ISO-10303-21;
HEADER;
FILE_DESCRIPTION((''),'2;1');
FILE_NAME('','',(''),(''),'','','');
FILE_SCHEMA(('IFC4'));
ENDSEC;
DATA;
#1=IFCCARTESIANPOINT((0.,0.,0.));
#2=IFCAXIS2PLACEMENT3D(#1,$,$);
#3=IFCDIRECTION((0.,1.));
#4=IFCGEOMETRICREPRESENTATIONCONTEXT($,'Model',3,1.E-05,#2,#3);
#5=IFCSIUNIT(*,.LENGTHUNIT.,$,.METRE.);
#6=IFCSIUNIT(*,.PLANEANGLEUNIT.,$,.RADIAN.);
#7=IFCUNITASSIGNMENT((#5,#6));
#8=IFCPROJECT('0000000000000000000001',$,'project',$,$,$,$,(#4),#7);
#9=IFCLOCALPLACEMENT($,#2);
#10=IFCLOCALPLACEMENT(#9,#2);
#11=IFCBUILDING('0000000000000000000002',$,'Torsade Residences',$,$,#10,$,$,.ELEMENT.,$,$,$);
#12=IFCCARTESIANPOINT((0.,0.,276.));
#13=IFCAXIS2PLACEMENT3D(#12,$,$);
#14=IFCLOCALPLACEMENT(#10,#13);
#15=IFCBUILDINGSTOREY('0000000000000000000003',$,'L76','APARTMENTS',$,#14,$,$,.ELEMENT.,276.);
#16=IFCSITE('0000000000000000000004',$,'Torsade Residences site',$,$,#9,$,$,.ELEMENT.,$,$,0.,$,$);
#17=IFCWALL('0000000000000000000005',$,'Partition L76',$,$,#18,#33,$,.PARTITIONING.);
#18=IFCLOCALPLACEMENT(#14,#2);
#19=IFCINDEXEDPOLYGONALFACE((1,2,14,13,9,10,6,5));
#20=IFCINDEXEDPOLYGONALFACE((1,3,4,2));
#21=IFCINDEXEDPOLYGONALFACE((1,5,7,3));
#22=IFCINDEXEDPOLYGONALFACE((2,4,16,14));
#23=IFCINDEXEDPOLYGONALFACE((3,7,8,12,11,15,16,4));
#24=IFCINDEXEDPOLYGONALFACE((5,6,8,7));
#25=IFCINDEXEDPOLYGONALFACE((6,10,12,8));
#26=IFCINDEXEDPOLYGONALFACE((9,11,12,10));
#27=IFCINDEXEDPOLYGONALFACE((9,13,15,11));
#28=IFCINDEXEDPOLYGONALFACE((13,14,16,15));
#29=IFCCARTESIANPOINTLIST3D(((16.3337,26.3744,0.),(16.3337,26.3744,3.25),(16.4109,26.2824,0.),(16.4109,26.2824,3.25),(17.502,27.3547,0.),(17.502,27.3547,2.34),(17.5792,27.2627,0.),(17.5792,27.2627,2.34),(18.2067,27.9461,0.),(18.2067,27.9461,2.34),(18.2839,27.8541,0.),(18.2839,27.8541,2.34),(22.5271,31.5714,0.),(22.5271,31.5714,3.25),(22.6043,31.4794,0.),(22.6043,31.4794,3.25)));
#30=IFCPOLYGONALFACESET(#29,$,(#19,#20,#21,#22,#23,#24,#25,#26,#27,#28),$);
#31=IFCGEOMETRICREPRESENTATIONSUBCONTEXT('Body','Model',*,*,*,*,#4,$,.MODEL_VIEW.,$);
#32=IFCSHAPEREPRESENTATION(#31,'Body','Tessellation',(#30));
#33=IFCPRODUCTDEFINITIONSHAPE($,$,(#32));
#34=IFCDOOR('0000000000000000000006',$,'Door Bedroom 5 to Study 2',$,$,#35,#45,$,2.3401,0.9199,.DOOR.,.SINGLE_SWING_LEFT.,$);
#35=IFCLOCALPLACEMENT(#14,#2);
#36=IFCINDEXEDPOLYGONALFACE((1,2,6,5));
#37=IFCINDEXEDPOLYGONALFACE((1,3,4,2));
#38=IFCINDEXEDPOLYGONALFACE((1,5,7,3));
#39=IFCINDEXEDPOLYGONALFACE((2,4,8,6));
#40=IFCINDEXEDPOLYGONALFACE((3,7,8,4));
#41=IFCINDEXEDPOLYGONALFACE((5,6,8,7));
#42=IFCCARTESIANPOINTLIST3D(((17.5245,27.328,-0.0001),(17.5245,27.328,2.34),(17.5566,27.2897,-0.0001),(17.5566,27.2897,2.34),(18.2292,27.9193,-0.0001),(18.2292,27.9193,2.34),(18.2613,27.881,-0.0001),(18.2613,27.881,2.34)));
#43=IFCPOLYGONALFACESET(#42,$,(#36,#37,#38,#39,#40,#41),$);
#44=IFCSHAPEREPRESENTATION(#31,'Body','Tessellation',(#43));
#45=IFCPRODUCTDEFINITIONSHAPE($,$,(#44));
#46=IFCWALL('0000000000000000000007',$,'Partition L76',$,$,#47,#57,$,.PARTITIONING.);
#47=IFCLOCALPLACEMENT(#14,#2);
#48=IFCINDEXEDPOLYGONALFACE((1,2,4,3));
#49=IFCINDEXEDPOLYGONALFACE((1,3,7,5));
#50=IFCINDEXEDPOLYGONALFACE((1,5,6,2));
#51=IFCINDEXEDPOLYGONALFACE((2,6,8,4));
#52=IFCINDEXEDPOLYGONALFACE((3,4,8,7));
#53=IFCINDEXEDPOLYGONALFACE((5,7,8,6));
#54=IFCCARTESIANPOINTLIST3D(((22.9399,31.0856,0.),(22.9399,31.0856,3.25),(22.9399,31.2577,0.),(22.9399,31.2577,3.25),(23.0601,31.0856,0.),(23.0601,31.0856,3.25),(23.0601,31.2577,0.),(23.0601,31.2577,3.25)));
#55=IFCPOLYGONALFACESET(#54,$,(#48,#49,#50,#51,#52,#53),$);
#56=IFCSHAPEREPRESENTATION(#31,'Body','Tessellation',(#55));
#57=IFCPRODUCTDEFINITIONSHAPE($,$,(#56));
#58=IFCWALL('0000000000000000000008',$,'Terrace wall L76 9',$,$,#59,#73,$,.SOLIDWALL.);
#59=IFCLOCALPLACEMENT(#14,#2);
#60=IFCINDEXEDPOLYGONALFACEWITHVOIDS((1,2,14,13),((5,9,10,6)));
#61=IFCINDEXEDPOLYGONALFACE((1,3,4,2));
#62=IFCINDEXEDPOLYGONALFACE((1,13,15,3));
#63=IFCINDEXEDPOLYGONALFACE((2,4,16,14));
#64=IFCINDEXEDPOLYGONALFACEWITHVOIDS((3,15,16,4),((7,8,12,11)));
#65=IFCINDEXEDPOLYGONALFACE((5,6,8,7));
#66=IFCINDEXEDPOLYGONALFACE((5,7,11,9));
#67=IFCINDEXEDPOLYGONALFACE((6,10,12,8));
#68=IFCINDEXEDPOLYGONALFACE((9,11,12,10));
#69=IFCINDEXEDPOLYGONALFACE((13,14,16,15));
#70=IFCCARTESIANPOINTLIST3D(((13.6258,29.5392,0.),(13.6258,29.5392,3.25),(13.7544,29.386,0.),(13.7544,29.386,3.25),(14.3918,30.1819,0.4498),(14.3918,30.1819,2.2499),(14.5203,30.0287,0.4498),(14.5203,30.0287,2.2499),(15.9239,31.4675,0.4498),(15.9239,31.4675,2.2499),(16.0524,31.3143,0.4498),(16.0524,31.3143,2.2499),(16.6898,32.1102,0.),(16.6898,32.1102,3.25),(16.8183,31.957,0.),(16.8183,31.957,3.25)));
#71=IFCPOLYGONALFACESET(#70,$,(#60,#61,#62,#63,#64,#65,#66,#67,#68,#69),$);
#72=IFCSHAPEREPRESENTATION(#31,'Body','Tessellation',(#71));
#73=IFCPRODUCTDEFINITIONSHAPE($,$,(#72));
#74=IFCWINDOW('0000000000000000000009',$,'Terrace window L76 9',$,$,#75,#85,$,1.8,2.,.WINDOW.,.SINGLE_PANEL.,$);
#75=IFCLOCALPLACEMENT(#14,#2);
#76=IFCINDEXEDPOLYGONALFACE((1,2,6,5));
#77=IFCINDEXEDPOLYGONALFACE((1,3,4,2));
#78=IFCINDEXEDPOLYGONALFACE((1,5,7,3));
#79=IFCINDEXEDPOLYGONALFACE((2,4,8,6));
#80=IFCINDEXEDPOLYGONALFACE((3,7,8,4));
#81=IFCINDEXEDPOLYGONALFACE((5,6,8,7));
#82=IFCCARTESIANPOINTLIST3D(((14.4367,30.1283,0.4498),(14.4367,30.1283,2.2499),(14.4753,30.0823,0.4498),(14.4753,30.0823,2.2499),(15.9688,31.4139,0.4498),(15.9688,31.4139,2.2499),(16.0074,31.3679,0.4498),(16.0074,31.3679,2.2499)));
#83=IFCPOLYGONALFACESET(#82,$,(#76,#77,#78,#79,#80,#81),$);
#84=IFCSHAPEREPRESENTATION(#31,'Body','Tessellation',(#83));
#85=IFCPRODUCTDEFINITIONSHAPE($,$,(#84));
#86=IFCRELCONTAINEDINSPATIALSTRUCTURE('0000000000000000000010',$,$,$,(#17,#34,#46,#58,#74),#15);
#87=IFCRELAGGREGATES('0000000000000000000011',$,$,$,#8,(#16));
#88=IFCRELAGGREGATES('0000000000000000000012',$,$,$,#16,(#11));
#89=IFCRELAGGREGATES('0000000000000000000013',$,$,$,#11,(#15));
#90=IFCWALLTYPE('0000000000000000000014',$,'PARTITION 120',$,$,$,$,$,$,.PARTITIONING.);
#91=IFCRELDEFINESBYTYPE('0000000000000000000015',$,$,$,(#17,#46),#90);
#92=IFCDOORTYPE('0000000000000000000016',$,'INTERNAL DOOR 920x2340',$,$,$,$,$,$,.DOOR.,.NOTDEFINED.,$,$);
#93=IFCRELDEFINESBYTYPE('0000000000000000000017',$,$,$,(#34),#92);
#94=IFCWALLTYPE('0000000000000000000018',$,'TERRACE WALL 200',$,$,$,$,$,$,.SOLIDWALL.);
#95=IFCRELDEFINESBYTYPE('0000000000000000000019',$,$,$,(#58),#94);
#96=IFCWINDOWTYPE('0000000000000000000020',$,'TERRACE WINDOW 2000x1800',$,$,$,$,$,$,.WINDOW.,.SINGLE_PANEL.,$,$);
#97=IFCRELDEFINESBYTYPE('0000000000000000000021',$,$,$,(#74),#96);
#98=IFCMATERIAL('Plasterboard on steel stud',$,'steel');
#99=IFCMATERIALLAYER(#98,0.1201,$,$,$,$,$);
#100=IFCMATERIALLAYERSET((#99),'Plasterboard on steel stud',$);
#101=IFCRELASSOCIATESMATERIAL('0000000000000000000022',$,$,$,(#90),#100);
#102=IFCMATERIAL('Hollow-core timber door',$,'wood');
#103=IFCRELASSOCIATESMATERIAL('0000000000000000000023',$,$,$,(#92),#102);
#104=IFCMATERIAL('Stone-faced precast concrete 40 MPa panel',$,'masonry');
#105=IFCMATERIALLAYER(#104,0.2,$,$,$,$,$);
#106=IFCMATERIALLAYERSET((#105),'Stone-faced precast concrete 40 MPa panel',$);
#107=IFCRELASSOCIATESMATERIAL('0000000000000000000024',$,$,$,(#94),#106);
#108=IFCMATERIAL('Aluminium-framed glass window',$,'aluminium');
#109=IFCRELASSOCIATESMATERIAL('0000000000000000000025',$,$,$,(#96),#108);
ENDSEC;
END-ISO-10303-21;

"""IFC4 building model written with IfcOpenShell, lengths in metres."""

from ifc_helpers import new_model, si_unit, direction, frame, frame_2d, origin, place, context, subcontext, project, spatial, rectangle, extrude, material, layer, layer_set, type_object, element, fill, save


model = new_model("IFC4")

# Units and contexts
model_context = context("Model", 3, precision=1e-05, world=origin(), true_north=direction((0.0, 1.0)))
body_context = subcontext(model_context, "Body", "Model", "MODEL_VIEW")
ifc_project = project(units=[si_unit("LENGTHUNIT", "METRE"), si_unit("PLANEANGLEUNIT", "RADIAN")], contexts=[model_context])

# Site, building, storey
site_placement = place(None, origin())
site = spatial("IfcSite", under=ifc_project, at=site_placement, Name="Torsade Residences site", CompositionType="ELEMENT", RefElevation=0.0)
building_placement = place(site_placement, origin())
building = spatial("IfcBuilding", under=site, at=building_placement, Name="Torsade Residences", CompositionType="ELEMENT")
storey_placement = place(building_placement, frame((0.0, 0.0, 276.0)))
storey = spatial("IfcBuildingStorey", under=building, at=storey_placement, Name="L76", Description="APARTMENTS", CompositionType="ELEMENT", Elevation=276.0)

# Shared definitions
ifc_material_1 = material(Name="Plasterboard on steel stud", Category="steel")
ifc_layer_1 = layer(ifc_material_1, 0.1201)
ifc_layer_set_1 = layer_set([ifc_layer_1], Name="Plasterboard on steel stud")
wall_type_1 = type_object("IfcWallType", Name="PARTITION 120", PredefinedType="PARTITIONING", material=ifc_layer_set_1)
ifc_material_2 = material(Name="Hollow-core timber door", Category="wood")
door_type_1 = type_object("IfcDoorType", Name="INTERNAL DOOR 920x2340", OperationType="NOTDEFINED", PredefinedType="DOOR", material=ifc_material_2)

# Wall, opening, door
wall_1_placement = place(storey_placement, frame((22.5657, 31.5254, 0.0), z_axis=(0.0, 0.0, 1.0), x_axis=(-0.766034, -0.6428, 0.0)))
wall_1 = element("IfcWall", 1, at=wall_1_placement, inside=storey, type_object=wall_type_1, Name="Partition L76", PredefinedType="PARTITIONING", context=body_context, shape_type="SweptSolid", body=[
    extrude(rectangle(XDim=8.085, YDim=0.1201, at=frame_2d((4.0425, 0.0))), origin(), (0.0, 0.0, 1.0), 3.25),
])
opening_1_placement = place(wall_1_placement, frame((5.6399, 0.0, 0.0)))
opening_1 = element("IfcOpeningElement", 2, at=opening_1_placement, cuts=wall_1, PredefinedType="OPENING", context=body_context, shape_type="SweptSolid", body=[
    extrude(rectangle(XDim=0.9199, YDim=2.3401, at=frame_2d((0.46, 1.1699))), frame((0.0, 0.0701, 0.0), z_axis=(0.0, -1.0, 0.0), x_axis=(1.0, 0.0, 0.0)), (0.0, 0.0, 1.0), 0.1401),
])
door_1_placement = place(opening_1_placement, origin())
door_1 = element("IfcDoor", 3, at=door_1_placement, inside=storey, type_object=door_type_1, Name="Door Bedroom 5 to Study 2", OperationType="SINGLE_SWING_LEFT", OverallHeight=2.3401, OverallWidth=0.9199, PredefinedType="DOOR", context=body_context, shape_type="SweptSolid", body=[
    extrude(rectangle(XDim=0.9199, YDim=2.3401, at=frame_2d((0.46, 1.1699))), frame((0.0, 0.0249, 0.0), z_axis=(0.0, -1.0, 0.0), x_axis=(1.0, 0.0, 0.0)), (0.0, 0.0, 1.0), 0.05),
])
fill(opening_1, door_1)

# Wall
wall_2_placement = place(storey_placement, frame((23.0, 31.2576, 0.0), z_axis=(0.0, 0.0, 1.0), x_axis=(0.0, -1.0, 0.0)))
element("IfcWall", 4, at=wall_2_placement, inside=storey, type_object=wall_type_1, Name="Partition L76", PredefinedType="PARTITIONING", context=body_context, shape_type="SweptSolid", body=[
    extrude(rectangle(XDim=0.1721, YDim=0.1201, at=frame_2d((0.0859, 0.0))), origin(), (0.0, 0.0, 1.0), 3.25),
])

# Shared definitions
ifc_material_3 = material(Name="Stone-faced precast concrete 40 MPa panel", Category="masonry")
ifc_layer_2 = layer(ifc_material_3, 0.2)
ifc_layer_set_2 = layer_set([ifc_layer_2], Name="Stone-faced precast concrete 40 MPa panel")
wall_type_2 = type_object("IfcWallType", Name="TERRACE WALL 200", PredefinedType="SOLIDWALL", material=ifc_layer_set_2)

# Wall, opening, window
wall_3_placement = place(storey_placement, frame((16.7542, 32.0337, 0.0), z_axis=(0.0, 0.0, 1.0), x_axis=(-0.766035, -0.642798, 0.0)))
wall_3 = element("IfcWall", 5, at=wall_3_placement, inside=storey, type_object=wall_type_2, Name="Terrace wall L76 9", PredefinedType="SOLIDWALL", context=body_context, shape_type="SweptSolid", body=[
    extrude(rectangle(XDim=3.9998, YDim=0.2, at=frame_2d((2.0, 0.0))), origin(), (0.0, 0.0, 1.0), 3.25),
])
opening_2_placement = place(wall_3_placement, frame((1.0, 0.0, 0.45)))
opening_2 = element("IfcOpeningElement", 6, at=opening_2_placement, cuts=wall_3, PredefinedType="OPENING", context=body_context, shape_type="SweptSolid", body=[
    extrude(rectangle(XDim=2.0, YDim=1.8, at=frame_2d((1.0, 0.8999))), frame((0.0, 0.1099, 0.0), z_axis=(0.0, -1.0, 0.0), x_axis=(1.0, 0.0, 0.0)), (0.0, 0.0, 1.0), 0.22),
])
ifc_material_4 = material(Name="Aluminium-framed glass window", Category="aluminium")
window_type = type_object("IfcWindowType", Name="TERRACE WINDOW 2000x1800", PartitioningType="SINGLE_PANEL", PredefinedType="WINDOW", material=ifc_material_4)
window_placement = place(opening_2_placement, origin())
window = element("IfcWindow", 7, at=window_placement, inside=storey, type_object=window_type, Name="Terrace window L76 9", OverallHeight=1.8, OverallWidth=2.0, PartitioningType="SINGLE_PANEL", PredefinedType="WINDOW", context=body_context, shape_type="SweptSolid", body=[
    extrude(rectangle(XDim=2.0, YDim=1.8, at=frame_2d((1.0, 0.8999))), frame((0.0, 0.03, 0.0), z_axis=(0.0, -1.0, 0.0), x_axis=(1.0, 0.0, 0.0)), (0.0, 0.0, 1.0), 0.0601),
])
fill(opening_2, window)

save(model, "model.ifc")
